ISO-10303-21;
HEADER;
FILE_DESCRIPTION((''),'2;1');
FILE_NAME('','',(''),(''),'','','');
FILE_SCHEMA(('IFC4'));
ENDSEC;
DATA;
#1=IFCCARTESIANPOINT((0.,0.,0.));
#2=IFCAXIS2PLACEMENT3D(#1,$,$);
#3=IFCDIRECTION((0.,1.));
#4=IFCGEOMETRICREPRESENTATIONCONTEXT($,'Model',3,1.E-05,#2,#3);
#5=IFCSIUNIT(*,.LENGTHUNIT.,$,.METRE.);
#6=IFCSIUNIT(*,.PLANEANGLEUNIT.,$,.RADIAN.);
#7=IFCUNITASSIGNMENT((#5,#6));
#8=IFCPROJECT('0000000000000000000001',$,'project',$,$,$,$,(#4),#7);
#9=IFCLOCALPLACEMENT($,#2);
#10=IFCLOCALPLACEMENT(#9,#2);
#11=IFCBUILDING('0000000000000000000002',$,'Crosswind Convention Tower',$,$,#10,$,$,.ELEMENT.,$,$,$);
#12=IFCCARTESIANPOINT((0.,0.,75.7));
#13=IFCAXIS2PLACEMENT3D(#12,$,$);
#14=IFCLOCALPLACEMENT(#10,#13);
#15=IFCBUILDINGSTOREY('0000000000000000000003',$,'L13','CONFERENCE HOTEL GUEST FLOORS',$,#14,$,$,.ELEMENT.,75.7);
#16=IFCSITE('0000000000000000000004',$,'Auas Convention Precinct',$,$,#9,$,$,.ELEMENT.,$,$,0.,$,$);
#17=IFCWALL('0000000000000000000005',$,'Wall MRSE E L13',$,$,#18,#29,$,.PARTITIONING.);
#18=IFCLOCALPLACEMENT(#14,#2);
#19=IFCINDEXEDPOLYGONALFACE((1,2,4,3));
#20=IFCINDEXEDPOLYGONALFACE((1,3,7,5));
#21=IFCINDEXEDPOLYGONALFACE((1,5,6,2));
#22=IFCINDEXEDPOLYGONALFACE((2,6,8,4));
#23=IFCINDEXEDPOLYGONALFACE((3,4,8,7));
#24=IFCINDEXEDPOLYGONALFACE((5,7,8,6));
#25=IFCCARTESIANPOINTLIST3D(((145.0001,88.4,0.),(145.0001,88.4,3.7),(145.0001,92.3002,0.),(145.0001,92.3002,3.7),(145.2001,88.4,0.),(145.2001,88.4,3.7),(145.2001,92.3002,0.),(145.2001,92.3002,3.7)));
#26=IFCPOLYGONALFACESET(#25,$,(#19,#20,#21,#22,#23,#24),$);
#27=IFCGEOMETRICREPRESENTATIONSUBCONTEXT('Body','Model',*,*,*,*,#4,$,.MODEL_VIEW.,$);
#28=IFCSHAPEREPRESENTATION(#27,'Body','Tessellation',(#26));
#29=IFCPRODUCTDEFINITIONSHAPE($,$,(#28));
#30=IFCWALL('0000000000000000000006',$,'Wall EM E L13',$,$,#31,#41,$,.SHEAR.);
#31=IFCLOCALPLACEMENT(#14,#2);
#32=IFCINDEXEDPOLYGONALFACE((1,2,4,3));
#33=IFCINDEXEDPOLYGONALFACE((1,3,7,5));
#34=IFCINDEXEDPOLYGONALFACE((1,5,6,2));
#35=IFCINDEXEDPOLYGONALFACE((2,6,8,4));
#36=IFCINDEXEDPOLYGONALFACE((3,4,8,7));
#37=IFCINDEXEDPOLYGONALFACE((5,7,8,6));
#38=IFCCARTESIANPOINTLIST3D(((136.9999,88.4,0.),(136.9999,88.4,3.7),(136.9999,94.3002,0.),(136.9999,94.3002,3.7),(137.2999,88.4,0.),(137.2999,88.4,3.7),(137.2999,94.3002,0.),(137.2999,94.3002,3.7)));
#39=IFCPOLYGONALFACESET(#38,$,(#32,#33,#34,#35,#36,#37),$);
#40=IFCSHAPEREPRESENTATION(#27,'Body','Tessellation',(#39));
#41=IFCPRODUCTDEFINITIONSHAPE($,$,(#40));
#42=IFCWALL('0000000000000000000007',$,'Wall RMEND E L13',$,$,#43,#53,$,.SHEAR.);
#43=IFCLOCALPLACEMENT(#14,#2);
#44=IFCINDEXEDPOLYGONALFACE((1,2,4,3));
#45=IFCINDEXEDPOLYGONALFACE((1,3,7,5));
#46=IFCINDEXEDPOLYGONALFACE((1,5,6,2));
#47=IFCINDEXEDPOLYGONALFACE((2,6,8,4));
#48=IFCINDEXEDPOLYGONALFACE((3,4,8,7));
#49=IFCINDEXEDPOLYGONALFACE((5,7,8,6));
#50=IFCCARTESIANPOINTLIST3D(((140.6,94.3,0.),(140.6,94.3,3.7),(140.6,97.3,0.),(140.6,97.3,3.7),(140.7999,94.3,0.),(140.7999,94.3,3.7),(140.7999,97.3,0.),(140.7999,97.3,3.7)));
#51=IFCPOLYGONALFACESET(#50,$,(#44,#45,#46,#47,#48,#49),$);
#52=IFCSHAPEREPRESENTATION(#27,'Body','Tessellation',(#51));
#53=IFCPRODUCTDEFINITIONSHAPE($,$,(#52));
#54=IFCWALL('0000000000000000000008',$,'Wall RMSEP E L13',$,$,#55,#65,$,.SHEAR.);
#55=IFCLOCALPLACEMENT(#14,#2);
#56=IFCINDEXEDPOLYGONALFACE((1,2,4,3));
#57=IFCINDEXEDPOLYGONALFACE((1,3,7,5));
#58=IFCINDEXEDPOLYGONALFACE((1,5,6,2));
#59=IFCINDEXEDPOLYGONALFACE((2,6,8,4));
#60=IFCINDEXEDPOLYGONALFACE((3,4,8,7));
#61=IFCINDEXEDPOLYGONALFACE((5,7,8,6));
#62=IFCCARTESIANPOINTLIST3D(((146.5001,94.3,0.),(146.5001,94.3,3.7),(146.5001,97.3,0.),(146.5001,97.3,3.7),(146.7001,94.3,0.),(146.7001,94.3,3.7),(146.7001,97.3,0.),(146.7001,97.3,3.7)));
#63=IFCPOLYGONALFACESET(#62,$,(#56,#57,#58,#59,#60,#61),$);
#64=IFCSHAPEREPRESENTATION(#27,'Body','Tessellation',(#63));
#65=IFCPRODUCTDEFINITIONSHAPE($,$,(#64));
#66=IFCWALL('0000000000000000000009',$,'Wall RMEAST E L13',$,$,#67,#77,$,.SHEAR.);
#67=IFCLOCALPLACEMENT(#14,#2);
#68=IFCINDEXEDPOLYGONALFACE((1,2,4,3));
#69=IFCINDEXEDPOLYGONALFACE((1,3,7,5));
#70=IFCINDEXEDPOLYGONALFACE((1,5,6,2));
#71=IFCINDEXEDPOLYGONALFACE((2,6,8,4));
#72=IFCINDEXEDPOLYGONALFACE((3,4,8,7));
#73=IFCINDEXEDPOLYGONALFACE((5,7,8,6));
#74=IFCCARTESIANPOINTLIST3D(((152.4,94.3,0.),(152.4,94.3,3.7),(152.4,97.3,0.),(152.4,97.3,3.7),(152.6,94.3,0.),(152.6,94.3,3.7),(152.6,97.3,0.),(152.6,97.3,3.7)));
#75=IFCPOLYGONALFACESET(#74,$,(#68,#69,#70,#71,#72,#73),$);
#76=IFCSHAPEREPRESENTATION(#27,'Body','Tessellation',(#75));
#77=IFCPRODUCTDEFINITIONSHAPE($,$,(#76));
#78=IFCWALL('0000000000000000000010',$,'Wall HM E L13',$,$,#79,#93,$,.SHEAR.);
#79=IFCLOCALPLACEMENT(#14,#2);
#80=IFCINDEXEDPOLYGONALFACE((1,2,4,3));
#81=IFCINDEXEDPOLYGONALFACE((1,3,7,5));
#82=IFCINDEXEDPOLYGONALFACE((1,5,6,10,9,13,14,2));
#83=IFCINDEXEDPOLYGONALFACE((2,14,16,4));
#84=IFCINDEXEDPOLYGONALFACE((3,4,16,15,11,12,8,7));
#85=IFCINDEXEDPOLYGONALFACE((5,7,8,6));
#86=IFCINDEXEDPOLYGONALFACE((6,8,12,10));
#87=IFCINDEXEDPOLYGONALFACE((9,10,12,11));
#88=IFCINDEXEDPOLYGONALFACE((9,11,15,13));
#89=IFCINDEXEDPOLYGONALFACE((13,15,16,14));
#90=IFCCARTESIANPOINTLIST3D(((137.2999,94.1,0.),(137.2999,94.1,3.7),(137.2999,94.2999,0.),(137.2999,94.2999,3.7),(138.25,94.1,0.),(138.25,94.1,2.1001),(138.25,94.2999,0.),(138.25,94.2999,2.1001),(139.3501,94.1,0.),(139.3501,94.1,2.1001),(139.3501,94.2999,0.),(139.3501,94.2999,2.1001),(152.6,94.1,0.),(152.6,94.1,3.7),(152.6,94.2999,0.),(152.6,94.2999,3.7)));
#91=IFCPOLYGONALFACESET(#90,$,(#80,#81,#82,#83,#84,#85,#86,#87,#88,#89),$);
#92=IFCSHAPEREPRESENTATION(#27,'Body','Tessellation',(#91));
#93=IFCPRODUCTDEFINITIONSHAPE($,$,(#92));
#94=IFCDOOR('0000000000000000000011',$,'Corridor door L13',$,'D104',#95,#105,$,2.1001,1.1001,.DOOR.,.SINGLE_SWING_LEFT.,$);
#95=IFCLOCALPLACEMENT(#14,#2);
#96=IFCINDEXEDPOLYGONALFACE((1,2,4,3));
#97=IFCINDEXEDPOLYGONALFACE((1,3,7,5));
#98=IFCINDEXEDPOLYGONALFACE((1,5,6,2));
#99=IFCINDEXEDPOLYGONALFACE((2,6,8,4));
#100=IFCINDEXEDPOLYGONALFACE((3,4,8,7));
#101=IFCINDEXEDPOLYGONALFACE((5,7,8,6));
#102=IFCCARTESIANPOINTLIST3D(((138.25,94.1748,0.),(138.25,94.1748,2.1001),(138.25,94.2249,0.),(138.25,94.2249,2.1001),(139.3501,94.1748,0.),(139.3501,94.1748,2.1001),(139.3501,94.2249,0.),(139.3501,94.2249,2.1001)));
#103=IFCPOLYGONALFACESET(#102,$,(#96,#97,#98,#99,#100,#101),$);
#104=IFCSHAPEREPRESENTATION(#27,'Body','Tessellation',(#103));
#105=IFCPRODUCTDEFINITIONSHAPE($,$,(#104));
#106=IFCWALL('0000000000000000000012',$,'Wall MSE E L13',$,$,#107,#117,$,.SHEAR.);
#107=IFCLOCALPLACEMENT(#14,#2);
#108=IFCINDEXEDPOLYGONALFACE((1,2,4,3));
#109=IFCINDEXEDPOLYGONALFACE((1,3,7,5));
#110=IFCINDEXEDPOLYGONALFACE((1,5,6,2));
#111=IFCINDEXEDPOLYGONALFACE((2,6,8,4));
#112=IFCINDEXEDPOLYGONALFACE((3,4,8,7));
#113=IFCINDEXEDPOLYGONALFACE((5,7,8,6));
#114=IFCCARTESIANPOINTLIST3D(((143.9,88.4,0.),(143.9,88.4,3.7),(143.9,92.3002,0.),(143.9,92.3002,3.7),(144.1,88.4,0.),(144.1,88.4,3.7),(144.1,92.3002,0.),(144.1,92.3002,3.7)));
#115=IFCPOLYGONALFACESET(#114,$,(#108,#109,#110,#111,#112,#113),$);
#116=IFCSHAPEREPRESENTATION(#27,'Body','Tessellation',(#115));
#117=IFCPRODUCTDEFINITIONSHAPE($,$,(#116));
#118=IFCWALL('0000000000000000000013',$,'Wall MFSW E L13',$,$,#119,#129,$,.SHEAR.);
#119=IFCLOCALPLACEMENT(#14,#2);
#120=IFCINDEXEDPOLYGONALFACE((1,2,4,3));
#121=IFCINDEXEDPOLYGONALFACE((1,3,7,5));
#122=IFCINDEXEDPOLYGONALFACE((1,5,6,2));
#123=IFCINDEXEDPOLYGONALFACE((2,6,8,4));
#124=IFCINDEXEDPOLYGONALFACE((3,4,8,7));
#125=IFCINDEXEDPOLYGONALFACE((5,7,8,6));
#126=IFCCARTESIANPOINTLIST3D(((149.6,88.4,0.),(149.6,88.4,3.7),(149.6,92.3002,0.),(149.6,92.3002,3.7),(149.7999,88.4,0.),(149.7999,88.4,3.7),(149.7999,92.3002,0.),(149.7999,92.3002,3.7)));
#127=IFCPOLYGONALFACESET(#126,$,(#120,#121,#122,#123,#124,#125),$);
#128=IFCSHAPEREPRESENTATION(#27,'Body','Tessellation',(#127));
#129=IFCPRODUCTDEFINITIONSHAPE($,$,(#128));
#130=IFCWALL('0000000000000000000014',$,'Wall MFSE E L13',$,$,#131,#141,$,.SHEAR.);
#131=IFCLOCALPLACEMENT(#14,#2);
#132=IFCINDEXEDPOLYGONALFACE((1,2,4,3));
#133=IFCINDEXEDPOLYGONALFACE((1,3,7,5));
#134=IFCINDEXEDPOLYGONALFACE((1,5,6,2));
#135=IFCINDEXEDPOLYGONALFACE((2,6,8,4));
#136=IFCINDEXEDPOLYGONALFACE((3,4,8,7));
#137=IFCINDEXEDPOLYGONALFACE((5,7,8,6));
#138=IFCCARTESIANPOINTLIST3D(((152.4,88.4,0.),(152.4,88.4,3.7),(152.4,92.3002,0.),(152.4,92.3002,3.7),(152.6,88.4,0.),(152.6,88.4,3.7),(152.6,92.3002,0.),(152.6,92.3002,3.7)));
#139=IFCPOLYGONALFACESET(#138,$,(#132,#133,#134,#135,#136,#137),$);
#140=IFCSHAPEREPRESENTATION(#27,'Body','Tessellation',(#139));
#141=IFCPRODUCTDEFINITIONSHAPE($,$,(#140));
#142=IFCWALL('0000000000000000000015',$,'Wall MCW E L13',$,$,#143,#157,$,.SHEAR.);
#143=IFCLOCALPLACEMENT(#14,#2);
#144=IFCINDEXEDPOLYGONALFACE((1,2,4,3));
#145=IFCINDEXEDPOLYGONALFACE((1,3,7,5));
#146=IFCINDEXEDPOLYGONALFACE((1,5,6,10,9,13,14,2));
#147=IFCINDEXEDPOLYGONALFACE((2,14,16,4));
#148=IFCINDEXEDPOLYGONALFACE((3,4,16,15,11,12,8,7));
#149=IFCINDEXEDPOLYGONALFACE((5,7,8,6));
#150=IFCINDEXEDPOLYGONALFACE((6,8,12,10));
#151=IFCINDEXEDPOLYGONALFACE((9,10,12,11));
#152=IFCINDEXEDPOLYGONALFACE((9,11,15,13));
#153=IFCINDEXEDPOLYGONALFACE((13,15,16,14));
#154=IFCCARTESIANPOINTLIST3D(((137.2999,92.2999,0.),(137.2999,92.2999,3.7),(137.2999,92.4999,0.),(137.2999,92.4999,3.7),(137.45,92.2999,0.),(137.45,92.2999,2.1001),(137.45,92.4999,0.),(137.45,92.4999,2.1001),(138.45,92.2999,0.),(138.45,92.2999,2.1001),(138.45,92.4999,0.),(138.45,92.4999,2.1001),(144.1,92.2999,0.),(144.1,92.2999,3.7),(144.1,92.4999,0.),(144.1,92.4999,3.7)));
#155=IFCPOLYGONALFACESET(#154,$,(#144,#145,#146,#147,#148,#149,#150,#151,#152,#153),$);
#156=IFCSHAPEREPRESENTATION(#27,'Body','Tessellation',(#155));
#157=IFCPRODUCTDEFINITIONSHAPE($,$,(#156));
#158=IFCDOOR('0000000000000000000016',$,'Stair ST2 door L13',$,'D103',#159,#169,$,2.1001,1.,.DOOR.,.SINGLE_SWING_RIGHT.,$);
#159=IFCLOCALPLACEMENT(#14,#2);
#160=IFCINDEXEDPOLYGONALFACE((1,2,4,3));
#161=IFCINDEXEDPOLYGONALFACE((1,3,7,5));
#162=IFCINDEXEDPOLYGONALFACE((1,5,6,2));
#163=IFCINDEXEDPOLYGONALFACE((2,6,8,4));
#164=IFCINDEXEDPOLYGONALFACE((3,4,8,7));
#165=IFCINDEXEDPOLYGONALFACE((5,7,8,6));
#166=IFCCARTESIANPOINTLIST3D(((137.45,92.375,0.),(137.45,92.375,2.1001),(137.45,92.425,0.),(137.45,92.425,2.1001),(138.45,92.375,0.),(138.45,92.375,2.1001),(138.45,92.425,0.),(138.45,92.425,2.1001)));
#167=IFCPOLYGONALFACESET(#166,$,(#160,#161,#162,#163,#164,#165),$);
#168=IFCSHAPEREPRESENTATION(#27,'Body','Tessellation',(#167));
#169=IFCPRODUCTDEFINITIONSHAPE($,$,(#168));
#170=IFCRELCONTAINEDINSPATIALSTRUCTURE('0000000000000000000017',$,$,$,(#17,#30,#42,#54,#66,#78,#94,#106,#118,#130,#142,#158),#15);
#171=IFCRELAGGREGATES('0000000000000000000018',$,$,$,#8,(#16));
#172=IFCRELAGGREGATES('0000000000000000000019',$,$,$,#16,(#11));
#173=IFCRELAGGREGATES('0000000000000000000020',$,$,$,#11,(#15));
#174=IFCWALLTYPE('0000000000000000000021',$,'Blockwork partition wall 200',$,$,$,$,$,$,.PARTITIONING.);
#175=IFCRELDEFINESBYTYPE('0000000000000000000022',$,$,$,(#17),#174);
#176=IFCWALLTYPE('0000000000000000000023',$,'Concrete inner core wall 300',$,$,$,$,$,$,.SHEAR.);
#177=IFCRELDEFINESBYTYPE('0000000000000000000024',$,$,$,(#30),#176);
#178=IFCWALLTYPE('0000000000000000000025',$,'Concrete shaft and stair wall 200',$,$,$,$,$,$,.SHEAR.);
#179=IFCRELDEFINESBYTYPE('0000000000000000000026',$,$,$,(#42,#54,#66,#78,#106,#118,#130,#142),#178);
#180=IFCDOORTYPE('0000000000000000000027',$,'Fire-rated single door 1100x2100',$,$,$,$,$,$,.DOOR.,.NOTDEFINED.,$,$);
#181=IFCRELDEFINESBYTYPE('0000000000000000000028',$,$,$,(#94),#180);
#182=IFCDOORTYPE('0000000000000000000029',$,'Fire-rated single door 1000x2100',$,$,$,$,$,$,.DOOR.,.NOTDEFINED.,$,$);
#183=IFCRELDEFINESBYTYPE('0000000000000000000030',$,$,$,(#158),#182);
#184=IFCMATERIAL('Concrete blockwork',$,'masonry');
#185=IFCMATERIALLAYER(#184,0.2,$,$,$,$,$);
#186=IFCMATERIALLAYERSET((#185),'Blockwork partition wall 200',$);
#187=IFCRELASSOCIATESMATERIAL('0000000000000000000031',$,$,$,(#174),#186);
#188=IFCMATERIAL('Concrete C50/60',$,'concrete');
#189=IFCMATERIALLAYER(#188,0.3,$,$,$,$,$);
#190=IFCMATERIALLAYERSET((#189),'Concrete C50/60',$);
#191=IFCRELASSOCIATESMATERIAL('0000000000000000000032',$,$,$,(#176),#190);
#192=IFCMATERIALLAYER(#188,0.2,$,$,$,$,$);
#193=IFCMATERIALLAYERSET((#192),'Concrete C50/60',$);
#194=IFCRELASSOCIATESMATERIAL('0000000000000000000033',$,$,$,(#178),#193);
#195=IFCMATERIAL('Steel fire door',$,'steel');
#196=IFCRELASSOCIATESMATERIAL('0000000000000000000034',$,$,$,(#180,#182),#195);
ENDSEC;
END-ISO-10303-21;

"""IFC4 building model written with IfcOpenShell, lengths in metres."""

from ifc_helpers import new_model, si_unit, direction, frame, frame_2d, origin, place, context, subcontext, project, spatial, rectangle, extrude, material, layer, layer_set, type_object, element, fill, save


model = new_model("IFC4")

# Units and contexts
model_context = context("Model", 3, precision=1e-05, world=origin(), true_north=direction((0.0, 1.0)))
body_context = subcontext(model_context, "Body", "Model", "MODEL_VIEW")
ifc_project = project(units=[si_unit("LENGTHUNIT", "METRE"), si_unit("PLANEANGLEUNIT", "RADIAN")], contexts=[model_context])

# Site, building, storey
site_placement = place(None, origin())
site = spatial("IfcSite", under=ifc_project, at=site_placement, Name="Auas Convention Precinct", CompositionType="ELEMENT", RefElevation=0.0)
building_placement = place(site_placement, origin())
building = spatial("IfcBuilding", under=site, at=building_placement, Name="Crosswind Convention Tower", CompositionType="ELEMENT")
storey_placement = place(building_placement, frame((0.0, 0.0, 75.7)))
storey = spatial("IfcBuildingStorey", under=building, at=storey_placement, Name="L13", Description="CONFERENCE HOTEL GUEST FLOORS", CompositionType="ELEMENT", Elevation=75.7)

# Wall
ifc_material_1 = material(Name="Concrete blockwork", Category="masonry")
ifc_layer_1 = layer(ifc_material_1, 0.2)
ifc_layer_set_1 = layer_set([ifc_layer_1], Name="Blockwork partition wall 200")
wall_type_1 = type_object("IfcWallType", Name="Blockwork partition wall 200", PredefinedType="PARTITIONING", material=ifc_layer_set_1)
wall_1_placement = place(storey_placement, frame((145.1001, 88.3999, 0.0), z_axis=(0.0, 0.0, 1.0), x_axis=(0.0, 1.0, 0.0)))
element("IfcWall", 1, at=wall_1_placement, inside=storey, type_object=wall_type_1, Name="Wall MRSE E L13", PredefinedType="PARTITIONING", context=body_context, shape_type="SweptSolid", body=[
    extrude(rectangle(XDim=3.9001, YDim=0.2, at=frame_2d((1.9502, 0.0))), origin(), (0.0, 0.0, 1.0), 3.7),
])

# Shared definitions
ifc_material_2 = material(Name="Concrete C50/60", Category="concrete")
ifc_layer_2 = layer(ifc_material_2, 0.3)
ifc_layer_set_2 = layer_set([ifc_layer_2], Name="Concrete C50/60")
wall_type_2 = type_object("IfcWallType", Name="Concrete inner core wall 300", PredefinedType="SHEAR", material=ifc_layer_set_2)

# Walls
wall_2_placement = place(storey_placement, frame((137.1499, 88.3999, 0.0), z_axis=(0.0, 0.0, 1.0), x_axis=(0.0, 1.0, 0.0)))
element("IfcWall", 2, at=wall_2_placement, inside=storey, type_object=wall_type_2, Name="Wall EM E L13", PredefinedType="SHEAR", context=body_context, shape_type="SweptSolid", body=[
    extrude(rectangle(XDim=5.9001, YDim=0.3, at=frame_2d((2.9502, 0.0))), origin(), (0.0, 0.0, 1.0), 3.7),
])
ifc_layer_3 = layer(ifc_material_2, 0.2)
ifc_layer_set_3 = layer_set([ifc_layer_3], Name="Concrete C50/60")
wall_type_3 = type_object("IfcWallType", Name="Concrete shaft and stair wall 200", PredefinedType="SHEAR", material=ifc_layer_set_3)
for number, where, z_axis, x_axis, name in (
    (3, (140.7, 94.3, 0.0), (0.0, 0.0, 1.0), (0.0, 1.0, 0.0), "Wall RMEND E L13"),
    (4, (146.6001, 94.3, 0.0), (0.0, 0.0, 1.0), (0.0, 1.0, 0.0), "Wall RMSEP E L13"),
    (5, (152.5, 94.3, 0.0), (0.0, 0.0, 1.0), (0.0, 1.0, 0.0), "Wall RMEAST E L13"),
):
    element("IfcWall", number, at=place(storey_placement, frame(where, z_axis=z_axis, x_axis=x_axis)), inside=storey, type_object=wall_type_3, Name=name, PredefinedType="SHEAR", context=body_context, shape_type="SweptSolid", body=[
        extrude(rectangle(XDim=3.0, YDim=0.2, at=frame_2d((1.5, 0.0))), origin(), (0.0, 0.0, 1.0), 3.7),
    ])

# Wall, opening, door
wall_3_placement = place(storey_placement, frame((137.3, 94.2, 0.0), z_axis=(0.0, 0.0, 1.0), x_axis=(1.0, 0.0, 0.0)))
wall_3 = element("IfcWall", 6, at=wall_3_placement, inside=storey, type_object=wall_type_3, Name="Wall HM E L13", PredefinedType="SHEAR", context=body_context, shape_type="SweptSolid", body=[
    extrude(rectangle(XDim=15.3, YDim=0.2, at=frame_2d((7.6499, 0.0))), origin(), (0.0, 0.0, 1.0), 3.7),
])
opening_1_placement = place(wall_3_placement, frame((0.95, 0.0, 0.0)))
opening_1 = element("IfcOpeningElement", 7, at=opening_1_placement, cuts=wall_3, PredefinedType="OPENING", context=body_context, shape_type="SweptSolid", body=[
    extrude(rectangle(XDim=1.1001, YDim=2.1001, at=frame_2d((0.55, 1.05))), frame((0.0, 0.1099, 0.0), z_axis=(0.0, -1.0, 0.0), x_axis=(1.0, 0.0, 0.0)), (0.0, 0.0, 1.0), 0.22),
])
ifc_material_3 = material(Name="Steel fire door", Category="steel")
door_type_1 = type_object("IfcDoorType", Name="Fire-rated single door 1100x2100", OperationType="NOTDEFINED", PredefinedType="DOOR", material=ifc_material_3)
door_1_placement = place(opening_1_placement, origin())
door_1 = element("IfcDoor", 8, at=door_1_placement, inside=storey, type_object=door_type_1, Name="Corridor door L13", ObjectType="D104", OperationType="SINGLE_SWING_LEFT", OverallHeight=2.1001, OverallWidth=1.1001, PredefinedType="DOOR", context=body_context, shape_type="SweptSolid", body=[
    extrude(rectangle(XDim=1.1001, YDim=2.1001, at=frame_2d((0.55, 1.05))), frame((0.0, 0.0249, 0.0), z_axis=(0.0, -1.0, 0.0), x_axis=(1.0, 0.0, 0.0)), (0.0, 0.0, 1.0), 0.05),
])
fill(opening_1, door_1)

# Walls
for number, where, z_axis, x_axis, name in (
    (9, (144.0, 88.3999, 0.0), (0.0, 0.0, 1.0), (0.0, 1.0, 0.0), "Wall MSE E L13"),
    (10, (149.7, 88.3999, 0.0), (0.0, 0.0, 1.0), (0.0, 1.0, 0.0), "Wall MFSW E L13"),
    (11, (152.5, 88.3999, 0.0), (0.0, 0.0, 1.0), (0.0, 1.0, 0.0), "Wall MFSE E L13"),
):
    element("IfcWall", number, at=place(storey_placement, frame(where, z_axis=z_axis, x_axis=x_axis)), inside=storey, type_object=wall_type_3, Name=name, PredefinedType="SHEAR", context=body_context, shape_type="SweptSolid", body=[
        extrude(rectangle(XDim=3.9001, YDim=0.2, at=frame_2d((1.9502, 0.0))), origin(), (0.0, 0.0, 1.0), 3.7),
    ])

# Wall, opening, door
wall_4_placement = place(storey_placement, frame((137.3, 92.3999, 0.0), z_axis=(0.0, 0.0, 1.0), x_axis=(1.0, 0.0, 0.0)))
wall_4 = element("IfcWall", 12, at=wall_4_placement, inside=storey, type_object=wall_type_3, Name="Wall MCW E L13", PredefinedType="SHEAR", context=body_context, shape_type="SweptSolid", body=[
    extrude(rectangle(XDim=6.8, YDim=0.2, at=frame_2d((3.3999, 0.0))), origin(), (0.0, 0.0, 1.0), 3.7),
])
opening_2_placement = place(wall_4_placement, frame((0.1499, 0.0, 0.0)))
opening_2 = element("IfcOpeningElement", 13, at=opening_2_placement, cuts=wall_4, PredefinedType="OPENING", context=body_context, shape_type="SweptSolid", body=[
    extrude(rectangle(XDim=1.0, YDim=2.1001, at=frame_2d((0.5, 1.05))), frame((0.0, 0.1099, 0.0), z_axis=(0.0, -1.0, 0.0), x_axis=(1.0, 0.0, 0.0)), (0.0, 0.0, 1.0), 0.22),
])
door_type_2 = type_object("IfcDoorType", Name="Fire-rated single door 1000x2100", OperationType="NOTDEFINED", PredefinedType="DOOR", material=ifc_material_3)
door_2_placement = place(opening_2_placement, frame((1.0, 0.0, 0.0), z_axis=(0.0, 0.0, 1.0), x_axis=(-1.0, 0.0, 0.0)))
door_2 = element("IfcDoor", 14, at=door_2_placement, inside=storey, type_object=door_type_2, Name="Stair ST2 door L13", ObjectType="D103", OperationType="SINGLE_SWING_RIGHT", OverallHeight=2.1001, OverallWidth=1.0, PredefinedType="DOOR", context=body_context, shape_type="SweptSolid", body=[
    extrude(rectangle(XDim=1.0, YDim=2.1001, at=frame_2d((0.5, 1.05))), frame((0.0, 0.0249, 0.0), z_axis=(0.0, -1.0, 0.0), x_axis=(1.0, 0.0, 0.0)), (0.0, 0.0, 1.0), 0.05),
])
fill(opening_2, door_2)

save(model, "model.ifc")
